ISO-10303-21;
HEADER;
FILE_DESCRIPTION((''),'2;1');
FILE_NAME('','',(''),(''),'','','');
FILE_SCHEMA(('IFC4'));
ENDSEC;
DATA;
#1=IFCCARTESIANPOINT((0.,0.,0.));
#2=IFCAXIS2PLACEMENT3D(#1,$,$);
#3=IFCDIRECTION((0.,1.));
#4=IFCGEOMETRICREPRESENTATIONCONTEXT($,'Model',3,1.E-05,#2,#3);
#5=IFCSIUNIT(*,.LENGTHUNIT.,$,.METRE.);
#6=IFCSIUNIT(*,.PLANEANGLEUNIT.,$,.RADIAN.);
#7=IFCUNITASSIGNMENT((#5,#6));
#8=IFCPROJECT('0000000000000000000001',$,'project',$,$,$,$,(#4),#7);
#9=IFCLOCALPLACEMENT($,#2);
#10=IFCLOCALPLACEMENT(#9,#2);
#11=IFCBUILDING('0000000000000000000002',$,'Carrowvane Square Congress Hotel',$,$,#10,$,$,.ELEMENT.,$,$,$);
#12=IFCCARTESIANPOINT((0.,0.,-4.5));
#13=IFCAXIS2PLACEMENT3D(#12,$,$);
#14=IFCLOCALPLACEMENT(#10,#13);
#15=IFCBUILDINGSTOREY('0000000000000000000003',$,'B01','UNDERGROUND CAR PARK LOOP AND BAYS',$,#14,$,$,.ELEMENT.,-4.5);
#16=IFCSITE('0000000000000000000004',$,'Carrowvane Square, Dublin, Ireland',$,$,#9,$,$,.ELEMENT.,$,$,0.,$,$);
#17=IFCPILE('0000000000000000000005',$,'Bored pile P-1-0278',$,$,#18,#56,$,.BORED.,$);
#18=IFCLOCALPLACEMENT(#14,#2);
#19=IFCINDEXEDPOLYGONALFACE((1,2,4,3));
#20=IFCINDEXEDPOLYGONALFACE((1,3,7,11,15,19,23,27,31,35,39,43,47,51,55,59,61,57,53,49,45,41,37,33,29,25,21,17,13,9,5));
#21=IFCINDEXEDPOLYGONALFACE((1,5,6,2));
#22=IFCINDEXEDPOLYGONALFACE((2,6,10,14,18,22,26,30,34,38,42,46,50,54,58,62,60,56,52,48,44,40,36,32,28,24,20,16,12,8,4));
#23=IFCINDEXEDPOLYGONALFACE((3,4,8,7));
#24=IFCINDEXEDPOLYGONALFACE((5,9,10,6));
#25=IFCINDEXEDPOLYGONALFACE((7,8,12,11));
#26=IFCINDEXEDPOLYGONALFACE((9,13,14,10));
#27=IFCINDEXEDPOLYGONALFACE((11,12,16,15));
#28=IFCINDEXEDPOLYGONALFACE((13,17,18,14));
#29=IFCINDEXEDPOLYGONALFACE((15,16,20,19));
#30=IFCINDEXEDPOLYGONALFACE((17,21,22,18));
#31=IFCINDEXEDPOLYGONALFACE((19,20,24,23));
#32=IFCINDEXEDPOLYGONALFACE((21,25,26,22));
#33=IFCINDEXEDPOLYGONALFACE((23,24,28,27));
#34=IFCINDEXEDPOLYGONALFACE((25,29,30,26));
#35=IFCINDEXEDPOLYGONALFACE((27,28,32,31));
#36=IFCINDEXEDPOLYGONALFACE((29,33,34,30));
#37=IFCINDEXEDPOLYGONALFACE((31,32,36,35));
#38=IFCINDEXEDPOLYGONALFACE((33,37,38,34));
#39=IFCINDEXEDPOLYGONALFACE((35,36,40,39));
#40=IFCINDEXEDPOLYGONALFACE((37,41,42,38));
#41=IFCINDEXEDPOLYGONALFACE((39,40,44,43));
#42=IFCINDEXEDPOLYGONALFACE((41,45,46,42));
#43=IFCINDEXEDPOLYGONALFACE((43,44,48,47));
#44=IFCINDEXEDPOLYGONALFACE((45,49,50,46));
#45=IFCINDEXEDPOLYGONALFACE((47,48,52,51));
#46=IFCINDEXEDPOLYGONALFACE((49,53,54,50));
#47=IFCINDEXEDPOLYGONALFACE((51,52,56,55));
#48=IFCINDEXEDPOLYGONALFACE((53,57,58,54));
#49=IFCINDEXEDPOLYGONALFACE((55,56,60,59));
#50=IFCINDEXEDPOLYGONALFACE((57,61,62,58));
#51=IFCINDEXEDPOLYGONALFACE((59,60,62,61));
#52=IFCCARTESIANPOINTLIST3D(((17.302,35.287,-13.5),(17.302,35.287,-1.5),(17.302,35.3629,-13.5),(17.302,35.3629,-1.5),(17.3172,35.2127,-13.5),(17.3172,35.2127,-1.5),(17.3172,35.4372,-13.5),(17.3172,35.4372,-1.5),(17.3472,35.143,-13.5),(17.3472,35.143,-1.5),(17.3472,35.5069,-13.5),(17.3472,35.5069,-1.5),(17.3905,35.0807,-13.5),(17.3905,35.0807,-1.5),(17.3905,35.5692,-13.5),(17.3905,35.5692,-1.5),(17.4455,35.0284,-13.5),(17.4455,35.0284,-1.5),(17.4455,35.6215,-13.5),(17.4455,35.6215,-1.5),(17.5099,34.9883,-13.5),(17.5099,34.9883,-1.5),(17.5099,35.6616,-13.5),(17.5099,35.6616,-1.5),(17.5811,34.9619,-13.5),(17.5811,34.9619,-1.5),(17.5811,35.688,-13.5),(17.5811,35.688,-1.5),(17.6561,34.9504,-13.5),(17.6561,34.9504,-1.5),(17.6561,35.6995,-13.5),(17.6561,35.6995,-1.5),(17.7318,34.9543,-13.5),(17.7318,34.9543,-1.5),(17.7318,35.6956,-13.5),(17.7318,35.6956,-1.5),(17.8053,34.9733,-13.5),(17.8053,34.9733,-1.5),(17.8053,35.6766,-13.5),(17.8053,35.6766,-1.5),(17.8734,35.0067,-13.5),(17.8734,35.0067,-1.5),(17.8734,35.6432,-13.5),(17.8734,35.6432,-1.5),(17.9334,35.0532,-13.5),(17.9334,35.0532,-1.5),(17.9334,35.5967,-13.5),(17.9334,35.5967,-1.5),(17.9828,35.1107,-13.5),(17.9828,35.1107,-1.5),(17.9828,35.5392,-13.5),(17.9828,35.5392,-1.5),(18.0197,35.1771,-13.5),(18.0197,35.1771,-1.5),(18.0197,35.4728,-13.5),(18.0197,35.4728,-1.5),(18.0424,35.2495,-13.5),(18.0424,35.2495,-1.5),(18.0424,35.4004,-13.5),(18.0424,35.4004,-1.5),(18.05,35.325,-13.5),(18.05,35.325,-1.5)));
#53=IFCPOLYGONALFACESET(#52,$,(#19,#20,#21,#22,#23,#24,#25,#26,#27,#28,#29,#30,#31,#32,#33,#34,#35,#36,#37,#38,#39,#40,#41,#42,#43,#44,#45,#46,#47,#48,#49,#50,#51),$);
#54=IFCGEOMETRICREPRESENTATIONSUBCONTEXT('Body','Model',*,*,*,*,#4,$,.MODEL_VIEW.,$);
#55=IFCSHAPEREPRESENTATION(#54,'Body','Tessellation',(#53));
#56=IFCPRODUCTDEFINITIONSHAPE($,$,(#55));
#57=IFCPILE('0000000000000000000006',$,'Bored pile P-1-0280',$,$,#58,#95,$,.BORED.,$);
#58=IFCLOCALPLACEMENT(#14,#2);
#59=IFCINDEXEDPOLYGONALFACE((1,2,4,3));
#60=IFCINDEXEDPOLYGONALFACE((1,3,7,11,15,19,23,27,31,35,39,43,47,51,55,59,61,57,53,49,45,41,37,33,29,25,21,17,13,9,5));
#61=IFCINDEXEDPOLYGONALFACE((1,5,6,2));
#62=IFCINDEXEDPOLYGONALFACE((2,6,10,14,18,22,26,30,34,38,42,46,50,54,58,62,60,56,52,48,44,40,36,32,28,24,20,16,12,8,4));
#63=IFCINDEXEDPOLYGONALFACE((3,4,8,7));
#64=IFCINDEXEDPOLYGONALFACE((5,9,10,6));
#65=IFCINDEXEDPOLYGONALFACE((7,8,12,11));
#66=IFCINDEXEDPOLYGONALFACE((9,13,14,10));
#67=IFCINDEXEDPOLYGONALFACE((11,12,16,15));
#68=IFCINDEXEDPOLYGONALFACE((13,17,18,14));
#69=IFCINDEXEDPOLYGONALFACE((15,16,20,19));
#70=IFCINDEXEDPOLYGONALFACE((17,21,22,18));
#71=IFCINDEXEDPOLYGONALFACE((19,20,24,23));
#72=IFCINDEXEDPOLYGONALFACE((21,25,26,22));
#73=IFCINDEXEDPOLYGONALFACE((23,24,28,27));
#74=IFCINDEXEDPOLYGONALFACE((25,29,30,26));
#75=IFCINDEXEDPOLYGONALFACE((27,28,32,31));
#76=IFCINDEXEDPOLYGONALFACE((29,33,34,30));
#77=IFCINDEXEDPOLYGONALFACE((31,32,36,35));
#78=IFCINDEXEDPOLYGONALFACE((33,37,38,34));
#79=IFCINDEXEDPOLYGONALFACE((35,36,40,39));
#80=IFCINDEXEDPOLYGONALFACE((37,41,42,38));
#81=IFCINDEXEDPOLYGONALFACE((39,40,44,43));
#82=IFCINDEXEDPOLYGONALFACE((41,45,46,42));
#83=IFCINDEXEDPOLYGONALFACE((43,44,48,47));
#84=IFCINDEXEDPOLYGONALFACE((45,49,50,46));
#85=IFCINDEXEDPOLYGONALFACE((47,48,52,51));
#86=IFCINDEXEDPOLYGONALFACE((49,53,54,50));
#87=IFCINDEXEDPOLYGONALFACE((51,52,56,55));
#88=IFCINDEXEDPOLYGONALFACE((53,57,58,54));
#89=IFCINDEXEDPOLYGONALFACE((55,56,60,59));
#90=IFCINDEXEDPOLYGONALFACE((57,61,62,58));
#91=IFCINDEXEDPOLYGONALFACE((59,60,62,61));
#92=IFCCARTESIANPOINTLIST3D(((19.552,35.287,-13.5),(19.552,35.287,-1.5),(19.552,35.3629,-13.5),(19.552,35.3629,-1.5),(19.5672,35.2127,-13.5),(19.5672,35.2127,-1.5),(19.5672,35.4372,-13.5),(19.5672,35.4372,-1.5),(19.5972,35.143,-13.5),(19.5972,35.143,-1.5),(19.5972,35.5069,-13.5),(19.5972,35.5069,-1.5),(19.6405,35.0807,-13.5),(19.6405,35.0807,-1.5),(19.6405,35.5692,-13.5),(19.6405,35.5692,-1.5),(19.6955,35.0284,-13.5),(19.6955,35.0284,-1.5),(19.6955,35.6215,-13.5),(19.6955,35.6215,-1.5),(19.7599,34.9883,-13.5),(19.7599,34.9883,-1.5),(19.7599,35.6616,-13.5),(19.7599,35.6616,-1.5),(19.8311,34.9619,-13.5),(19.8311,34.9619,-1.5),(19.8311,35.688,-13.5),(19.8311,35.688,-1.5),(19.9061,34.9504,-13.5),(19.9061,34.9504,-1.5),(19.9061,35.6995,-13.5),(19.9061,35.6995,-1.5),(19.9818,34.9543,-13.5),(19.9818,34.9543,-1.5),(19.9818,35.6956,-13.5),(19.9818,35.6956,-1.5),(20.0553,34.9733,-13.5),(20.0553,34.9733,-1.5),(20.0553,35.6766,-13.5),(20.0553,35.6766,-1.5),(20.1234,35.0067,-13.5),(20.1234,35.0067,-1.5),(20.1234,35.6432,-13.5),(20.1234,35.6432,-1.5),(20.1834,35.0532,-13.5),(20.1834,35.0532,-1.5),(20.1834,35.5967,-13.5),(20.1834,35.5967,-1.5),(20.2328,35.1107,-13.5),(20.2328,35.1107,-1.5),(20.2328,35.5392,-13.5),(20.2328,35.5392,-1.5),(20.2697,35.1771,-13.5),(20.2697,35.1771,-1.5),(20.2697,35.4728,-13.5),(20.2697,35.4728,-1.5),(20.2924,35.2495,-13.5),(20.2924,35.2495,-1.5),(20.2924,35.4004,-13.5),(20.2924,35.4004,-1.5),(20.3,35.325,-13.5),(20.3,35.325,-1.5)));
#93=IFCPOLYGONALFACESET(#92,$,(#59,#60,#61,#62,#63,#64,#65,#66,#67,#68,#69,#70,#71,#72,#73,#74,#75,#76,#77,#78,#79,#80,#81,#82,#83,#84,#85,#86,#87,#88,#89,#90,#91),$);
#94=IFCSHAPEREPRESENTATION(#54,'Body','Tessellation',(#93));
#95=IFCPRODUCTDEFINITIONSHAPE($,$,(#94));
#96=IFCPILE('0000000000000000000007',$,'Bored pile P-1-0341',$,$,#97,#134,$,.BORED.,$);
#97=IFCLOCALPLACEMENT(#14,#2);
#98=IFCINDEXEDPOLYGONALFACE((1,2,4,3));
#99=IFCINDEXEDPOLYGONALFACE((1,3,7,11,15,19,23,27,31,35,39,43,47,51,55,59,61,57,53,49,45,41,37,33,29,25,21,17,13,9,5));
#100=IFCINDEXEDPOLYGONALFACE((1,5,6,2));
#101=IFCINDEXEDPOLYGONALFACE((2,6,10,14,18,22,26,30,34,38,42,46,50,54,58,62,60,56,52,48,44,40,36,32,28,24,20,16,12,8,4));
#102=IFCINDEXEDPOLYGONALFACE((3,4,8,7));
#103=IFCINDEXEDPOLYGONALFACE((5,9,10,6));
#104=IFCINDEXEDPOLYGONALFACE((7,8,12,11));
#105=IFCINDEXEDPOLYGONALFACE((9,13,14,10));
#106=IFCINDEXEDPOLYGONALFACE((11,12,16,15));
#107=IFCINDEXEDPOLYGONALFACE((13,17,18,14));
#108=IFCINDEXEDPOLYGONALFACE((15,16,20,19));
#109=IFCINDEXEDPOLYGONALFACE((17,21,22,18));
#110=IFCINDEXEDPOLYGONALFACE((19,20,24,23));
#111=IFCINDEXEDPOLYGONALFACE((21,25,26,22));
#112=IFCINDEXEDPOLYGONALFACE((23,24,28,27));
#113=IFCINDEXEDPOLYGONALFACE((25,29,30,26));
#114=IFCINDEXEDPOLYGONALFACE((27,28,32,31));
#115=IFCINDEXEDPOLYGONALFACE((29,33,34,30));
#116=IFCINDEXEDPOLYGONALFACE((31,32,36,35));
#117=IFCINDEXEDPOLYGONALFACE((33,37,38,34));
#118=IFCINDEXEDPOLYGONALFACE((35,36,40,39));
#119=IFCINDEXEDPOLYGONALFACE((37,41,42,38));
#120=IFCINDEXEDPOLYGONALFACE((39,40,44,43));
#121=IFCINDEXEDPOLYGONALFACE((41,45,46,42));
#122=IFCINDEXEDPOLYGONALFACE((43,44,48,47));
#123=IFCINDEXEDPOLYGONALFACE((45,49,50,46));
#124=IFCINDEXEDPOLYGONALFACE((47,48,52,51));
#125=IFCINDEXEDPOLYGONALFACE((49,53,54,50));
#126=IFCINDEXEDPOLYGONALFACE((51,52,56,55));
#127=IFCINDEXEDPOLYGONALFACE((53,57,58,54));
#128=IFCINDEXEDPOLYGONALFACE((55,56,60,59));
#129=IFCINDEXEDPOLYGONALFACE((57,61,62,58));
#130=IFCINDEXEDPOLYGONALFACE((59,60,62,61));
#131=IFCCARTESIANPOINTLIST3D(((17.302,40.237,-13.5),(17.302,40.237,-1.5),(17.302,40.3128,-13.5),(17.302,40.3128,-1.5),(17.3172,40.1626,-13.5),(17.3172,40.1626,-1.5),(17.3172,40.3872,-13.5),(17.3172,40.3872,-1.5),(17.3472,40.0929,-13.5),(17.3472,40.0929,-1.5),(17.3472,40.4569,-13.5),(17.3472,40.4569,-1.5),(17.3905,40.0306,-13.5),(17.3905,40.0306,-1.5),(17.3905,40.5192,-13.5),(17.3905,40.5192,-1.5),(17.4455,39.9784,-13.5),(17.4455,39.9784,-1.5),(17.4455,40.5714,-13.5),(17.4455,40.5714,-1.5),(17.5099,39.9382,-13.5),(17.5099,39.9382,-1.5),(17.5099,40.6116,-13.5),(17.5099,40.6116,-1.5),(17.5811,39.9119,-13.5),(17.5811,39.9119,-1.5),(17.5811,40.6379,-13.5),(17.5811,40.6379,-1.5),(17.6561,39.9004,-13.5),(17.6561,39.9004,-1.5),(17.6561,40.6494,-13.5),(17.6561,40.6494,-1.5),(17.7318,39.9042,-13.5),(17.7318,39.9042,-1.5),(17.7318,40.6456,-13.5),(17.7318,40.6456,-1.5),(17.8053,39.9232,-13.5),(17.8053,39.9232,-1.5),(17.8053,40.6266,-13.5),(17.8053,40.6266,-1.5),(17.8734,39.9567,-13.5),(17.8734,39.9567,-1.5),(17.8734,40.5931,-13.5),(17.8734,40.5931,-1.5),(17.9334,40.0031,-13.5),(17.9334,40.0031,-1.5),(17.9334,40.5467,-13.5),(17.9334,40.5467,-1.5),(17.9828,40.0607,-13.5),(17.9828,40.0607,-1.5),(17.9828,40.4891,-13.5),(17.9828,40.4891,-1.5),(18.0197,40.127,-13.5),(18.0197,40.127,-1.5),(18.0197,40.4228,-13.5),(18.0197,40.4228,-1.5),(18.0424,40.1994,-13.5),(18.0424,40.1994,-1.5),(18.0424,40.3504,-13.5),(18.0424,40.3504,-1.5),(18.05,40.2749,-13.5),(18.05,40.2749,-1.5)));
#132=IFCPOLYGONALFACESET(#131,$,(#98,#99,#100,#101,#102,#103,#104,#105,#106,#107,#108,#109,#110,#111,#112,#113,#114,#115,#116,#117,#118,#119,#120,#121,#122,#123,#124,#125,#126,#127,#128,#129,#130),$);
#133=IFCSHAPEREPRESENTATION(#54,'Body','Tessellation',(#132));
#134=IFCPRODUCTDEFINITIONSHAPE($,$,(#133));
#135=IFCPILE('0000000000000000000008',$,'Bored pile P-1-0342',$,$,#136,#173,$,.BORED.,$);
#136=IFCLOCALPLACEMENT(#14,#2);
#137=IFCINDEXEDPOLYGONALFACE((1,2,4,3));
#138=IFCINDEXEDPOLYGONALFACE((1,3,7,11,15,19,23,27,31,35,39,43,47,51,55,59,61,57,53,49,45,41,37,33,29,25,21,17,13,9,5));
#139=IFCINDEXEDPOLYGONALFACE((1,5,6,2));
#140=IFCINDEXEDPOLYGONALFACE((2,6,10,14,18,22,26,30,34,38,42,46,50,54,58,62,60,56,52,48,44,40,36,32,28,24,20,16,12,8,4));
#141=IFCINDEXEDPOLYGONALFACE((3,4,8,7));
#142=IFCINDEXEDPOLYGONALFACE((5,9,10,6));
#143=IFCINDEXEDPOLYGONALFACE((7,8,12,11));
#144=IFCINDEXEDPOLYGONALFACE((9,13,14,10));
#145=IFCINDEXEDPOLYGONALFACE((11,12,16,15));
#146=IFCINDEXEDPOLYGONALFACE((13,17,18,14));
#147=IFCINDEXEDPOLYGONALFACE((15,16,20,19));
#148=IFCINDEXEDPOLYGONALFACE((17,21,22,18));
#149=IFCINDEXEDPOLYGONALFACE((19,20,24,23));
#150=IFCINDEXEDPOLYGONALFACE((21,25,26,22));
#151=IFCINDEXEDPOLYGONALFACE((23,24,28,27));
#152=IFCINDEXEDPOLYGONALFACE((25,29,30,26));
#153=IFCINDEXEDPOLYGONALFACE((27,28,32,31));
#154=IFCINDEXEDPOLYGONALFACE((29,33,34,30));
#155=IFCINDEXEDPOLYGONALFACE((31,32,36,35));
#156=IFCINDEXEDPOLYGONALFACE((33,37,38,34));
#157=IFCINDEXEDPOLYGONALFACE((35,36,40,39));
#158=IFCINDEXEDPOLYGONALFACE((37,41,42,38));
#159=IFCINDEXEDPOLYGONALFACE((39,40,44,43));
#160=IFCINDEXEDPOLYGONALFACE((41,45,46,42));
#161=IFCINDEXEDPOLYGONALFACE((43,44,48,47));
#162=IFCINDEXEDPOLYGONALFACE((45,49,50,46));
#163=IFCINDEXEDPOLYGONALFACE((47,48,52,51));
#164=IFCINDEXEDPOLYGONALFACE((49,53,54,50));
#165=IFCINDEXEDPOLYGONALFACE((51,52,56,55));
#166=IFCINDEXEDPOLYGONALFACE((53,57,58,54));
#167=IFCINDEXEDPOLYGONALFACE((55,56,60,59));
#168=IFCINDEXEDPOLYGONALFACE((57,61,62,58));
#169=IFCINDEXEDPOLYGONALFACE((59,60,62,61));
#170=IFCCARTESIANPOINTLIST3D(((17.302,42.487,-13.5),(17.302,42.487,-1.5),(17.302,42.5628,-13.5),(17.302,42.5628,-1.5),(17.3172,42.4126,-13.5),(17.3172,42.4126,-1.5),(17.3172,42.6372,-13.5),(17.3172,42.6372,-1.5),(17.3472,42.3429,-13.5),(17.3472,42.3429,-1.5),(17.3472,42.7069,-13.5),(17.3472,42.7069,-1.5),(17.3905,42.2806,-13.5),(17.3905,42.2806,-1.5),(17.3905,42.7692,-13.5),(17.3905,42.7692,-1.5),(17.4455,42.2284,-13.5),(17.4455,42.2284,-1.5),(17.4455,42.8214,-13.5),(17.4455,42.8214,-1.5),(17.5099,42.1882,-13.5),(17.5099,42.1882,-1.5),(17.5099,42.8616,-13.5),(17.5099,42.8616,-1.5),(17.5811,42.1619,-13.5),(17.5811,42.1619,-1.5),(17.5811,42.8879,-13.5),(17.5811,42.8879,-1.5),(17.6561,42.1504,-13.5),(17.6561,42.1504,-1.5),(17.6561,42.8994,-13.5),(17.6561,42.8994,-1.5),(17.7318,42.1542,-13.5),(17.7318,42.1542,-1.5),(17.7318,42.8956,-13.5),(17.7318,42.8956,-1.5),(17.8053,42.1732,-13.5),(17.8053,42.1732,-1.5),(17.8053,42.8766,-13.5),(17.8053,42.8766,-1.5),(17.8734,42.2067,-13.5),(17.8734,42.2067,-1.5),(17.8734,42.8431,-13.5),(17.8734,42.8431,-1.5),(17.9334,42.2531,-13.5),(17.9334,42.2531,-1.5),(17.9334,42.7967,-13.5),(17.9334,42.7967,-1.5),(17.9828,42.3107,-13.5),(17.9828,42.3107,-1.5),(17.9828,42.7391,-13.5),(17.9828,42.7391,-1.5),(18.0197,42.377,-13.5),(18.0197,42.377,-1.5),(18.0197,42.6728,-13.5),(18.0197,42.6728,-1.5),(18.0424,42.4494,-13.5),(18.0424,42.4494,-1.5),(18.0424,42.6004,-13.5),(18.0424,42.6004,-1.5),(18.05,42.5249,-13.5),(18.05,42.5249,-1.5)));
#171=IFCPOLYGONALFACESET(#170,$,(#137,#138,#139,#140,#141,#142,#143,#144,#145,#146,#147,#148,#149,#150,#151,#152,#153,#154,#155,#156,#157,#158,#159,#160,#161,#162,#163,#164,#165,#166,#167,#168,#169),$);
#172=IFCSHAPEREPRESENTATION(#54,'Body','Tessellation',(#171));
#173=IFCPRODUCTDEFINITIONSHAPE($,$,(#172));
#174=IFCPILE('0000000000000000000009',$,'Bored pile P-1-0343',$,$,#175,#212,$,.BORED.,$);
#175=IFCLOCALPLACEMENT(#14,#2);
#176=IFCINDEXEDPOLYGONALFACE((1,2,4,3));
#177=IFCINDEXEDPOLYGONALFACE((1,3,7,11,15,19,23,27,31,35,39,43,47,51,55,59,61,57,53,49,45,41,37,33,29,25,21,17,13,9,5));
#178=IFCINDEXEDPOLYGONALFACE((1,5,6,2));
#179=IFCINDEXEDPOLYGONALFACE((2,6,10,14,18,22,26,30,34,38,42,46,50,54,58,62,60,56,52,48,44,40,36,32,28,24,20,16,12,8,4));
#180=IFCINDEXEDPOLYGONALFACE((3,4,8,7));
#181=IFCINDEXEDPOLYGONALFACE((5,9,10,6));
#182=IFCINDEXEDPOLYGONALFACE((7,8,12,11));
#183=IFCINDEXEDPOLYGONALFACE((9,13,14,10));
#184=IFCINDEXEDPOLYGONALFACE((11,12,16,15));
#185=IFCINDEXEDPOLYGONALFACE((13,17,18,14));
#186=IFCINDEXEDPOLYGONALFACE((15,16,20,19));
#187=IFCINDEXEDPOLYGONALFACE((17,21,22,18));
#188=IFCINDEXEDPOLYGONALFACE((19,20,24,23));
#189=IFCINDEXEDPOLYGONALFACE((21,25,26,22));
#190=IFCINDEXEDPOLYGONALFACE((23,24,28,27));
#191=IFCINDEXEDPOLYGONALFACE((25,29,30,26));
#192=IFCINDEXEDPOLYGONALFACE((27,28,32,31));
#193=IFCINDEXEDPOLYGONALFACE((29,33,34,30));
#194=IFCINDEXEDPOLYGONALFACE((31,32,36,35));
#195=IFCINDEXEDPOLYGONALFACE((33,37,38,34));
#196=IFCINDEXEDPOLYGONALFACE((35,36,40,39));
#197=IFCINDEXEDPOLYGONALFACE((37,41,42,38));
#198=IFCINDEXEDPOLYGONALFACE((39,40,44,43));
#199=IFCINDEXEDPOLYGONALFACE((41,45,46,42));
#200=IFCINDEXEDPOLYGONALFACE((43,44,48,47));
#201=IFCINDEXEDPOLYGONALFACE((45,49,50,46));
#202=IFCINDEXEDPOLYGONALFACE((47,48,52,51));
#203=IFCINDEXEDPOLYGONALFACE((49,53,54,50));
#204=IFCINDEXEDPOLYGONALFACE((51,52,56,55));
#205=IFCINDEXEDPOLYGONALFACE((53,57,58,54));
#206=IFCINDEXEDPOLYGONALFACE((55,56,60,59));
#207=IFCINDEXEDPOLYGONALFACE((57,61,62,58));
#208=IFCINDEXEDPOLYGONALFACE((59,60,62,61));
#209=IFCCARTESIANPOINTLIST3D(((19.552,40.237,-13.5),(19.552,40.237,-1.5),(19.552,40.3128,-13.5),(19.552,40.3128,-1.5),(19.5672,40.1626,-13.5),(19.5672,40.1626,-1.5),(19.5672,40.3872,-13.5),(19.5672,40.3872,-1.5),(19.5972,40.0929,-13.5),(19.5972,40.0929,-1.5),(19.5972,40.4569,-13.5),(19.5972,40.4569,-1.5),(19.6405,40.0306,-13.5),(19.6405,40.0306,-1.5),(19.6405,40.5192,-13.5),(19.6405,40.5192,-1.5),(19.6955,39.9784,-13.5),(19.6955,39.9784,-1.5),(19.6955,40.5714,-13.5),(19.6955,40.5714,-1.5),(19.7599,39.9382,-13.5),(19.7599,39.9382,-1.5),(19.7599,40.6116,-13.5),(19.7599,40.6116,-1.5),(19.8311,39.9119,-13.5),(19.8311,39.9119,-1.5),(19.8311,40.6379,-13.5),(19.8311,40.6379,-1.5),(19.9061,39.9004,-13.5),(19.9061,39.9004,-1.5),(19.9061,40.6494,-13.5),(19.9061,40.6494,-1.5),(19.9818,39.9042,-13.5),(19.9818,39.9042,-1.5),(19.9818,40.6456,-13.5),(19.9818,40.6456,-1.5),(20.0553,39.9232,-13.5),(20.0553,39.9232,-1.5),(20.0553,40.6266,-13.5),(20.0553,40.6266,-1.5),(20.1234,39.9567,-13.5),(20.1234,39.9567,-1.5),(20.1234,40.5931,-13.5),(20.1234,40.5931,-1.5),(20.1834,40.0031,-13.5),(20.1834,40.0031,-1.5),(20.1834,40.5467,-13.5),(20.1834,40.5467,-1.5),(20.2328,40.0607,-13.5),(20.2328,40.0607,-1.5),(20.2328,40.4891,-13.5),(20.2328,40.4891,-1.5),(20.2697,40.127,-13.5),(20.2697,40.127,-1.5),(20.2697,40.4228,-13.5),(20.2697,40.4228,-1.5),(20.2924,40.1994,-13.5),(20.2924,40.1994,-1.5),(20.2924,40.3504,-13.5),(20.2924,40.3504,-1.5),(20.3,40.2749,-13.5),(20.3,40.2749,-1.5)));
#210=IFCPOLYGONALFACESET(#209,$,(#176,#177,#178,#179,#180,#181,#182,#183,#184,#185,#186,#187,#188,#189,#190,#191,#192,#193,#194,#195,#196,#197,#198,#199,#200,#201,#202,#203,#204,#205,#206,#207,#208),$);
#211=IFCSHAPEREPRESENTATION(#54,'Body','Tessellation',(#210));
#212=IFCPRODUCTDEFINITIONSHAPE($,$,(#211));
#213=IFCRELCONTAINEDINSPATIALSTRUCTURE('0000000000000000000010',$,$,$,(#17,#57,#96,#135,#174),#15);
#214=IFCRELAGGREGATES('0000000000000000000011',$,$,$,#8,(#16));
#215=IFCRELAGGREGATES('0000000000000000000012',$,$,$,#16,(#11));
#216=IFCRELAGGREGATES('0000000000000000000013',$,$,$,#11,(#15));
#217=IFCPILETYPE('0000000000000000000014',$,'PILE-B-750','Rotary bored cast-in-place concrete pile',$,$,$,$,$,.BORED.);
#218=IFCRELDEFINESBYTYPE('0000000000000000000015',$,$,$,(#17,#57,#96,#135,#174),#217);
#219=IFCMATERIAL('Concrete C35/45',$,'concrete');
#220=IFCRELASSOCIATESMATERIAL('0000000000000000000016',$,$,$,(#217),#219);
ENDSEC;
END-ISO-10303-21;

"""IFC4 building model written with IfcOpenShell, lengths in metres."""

from ifc_helpers import new_model, si_unit, direction, frame, origin, origin_2d, place, context, subcontext, project, spatial, circle, extrude, material, material_profile, profile_set, type_object, element, save


model = new_model("IFC4")

# Units and contexts
model_context = context("Model", 3, precision=1e-05, world=origin(), true_north=direction((0.0, 1.0)))
body_context = subcontext(model_context, "Body", "Model", "MODEL_VIEW")
ifc_project = project(units=[si_unit("LENGTHUNIT", "METRE"), si_unit("PLANEANGLEUNIT", "RADIAN")], contexts=[model_context])

# Site, building, storey
site_placement = place(None, origin())
site = spatial("IfcSite", under=ifc_project, at=site_placement, Name="Carrowvane Square, Dublin, Ireland", CompositionType="ELEMENT", RefElevation=0.0)
building_placement = place(site_placement, origin())
building = spatial("IfcBuilding", under=site, at=building_placement, Name="Carrowvane Square Congress Hotel", CompositionType="ELEMENT")
storey_placement = place(building_placement, frame((0.0, 0.0, -4.5)))
storey = spatial("IfcBuildingStorey", under=building, at=storey_placement, Name="B01", Description="UNDERGROUND CAR PARK LOOP AND BAYS", CompositionType="ELEMENT", Elevation=-4.5)

# Piles
ifc_material_1 = material(Name="Concrete C35/45", Category="concrete")
ifc_material_profile_1 = material_profile(ifc_material_1, circle(Radius=0.375, at=origin_2d()), Name="PILE D750")
ifc_profile_set_1 = profile_set([ifc_material_profile_1], Name="Concrete C35/45")
pile_type_1 = type_object("IfcPileType", Name="PILE-B-750", Description="Rotary bored cast-in-place concrete pile", PredefinedType="BORED", material=ifc_profile_set_1)
for number, where, z_axis, x_axis, name in (
    (1, (17.675, 35.325, -1.5), (0.0, 0.0, -1.0), (1.0, 0.0, 0.0), "Bored pile P-1-0278"),
    (2, (19.925, 35.325, -1.5), (0.0, 0.0, -1.0), (1.0, 0.0, 0.0), "Bored pile P-1-0280"),
    (3, (17.675, 40.2749, -1.5), (0.0, 0.0, -1.0), (1.0, 0.0, 0.0), "Bored pile P-1-0341"),
    (4, (17.675, 42.5249, -1.5), (0.0, 0.0, -1.0), (1.0, 0.0, 0.0), "Bored pile P-1-0342"),
    (5, (19.925, 40.2749, -1.5), (0.0, 0.0, -1.0), (1.0, 0.0, 0.0), "Bored pile P-1-0343"),
):
    element("IfcPile", number, at=place(storey_placement, frame(where, z_axis=z_axis, x_axis=x_axis)), inside=storey, type_object=pile_type_1, Name=name, PredefinedType="BORED", context=body_context, shape_type="SweptSolid", body=[
        extrude(circle(Radius=0.375, at=origin_2d()), origin(), (0.0, 0.0, 1.0), 12.0),
    ])

save(model, "model.ifc")
